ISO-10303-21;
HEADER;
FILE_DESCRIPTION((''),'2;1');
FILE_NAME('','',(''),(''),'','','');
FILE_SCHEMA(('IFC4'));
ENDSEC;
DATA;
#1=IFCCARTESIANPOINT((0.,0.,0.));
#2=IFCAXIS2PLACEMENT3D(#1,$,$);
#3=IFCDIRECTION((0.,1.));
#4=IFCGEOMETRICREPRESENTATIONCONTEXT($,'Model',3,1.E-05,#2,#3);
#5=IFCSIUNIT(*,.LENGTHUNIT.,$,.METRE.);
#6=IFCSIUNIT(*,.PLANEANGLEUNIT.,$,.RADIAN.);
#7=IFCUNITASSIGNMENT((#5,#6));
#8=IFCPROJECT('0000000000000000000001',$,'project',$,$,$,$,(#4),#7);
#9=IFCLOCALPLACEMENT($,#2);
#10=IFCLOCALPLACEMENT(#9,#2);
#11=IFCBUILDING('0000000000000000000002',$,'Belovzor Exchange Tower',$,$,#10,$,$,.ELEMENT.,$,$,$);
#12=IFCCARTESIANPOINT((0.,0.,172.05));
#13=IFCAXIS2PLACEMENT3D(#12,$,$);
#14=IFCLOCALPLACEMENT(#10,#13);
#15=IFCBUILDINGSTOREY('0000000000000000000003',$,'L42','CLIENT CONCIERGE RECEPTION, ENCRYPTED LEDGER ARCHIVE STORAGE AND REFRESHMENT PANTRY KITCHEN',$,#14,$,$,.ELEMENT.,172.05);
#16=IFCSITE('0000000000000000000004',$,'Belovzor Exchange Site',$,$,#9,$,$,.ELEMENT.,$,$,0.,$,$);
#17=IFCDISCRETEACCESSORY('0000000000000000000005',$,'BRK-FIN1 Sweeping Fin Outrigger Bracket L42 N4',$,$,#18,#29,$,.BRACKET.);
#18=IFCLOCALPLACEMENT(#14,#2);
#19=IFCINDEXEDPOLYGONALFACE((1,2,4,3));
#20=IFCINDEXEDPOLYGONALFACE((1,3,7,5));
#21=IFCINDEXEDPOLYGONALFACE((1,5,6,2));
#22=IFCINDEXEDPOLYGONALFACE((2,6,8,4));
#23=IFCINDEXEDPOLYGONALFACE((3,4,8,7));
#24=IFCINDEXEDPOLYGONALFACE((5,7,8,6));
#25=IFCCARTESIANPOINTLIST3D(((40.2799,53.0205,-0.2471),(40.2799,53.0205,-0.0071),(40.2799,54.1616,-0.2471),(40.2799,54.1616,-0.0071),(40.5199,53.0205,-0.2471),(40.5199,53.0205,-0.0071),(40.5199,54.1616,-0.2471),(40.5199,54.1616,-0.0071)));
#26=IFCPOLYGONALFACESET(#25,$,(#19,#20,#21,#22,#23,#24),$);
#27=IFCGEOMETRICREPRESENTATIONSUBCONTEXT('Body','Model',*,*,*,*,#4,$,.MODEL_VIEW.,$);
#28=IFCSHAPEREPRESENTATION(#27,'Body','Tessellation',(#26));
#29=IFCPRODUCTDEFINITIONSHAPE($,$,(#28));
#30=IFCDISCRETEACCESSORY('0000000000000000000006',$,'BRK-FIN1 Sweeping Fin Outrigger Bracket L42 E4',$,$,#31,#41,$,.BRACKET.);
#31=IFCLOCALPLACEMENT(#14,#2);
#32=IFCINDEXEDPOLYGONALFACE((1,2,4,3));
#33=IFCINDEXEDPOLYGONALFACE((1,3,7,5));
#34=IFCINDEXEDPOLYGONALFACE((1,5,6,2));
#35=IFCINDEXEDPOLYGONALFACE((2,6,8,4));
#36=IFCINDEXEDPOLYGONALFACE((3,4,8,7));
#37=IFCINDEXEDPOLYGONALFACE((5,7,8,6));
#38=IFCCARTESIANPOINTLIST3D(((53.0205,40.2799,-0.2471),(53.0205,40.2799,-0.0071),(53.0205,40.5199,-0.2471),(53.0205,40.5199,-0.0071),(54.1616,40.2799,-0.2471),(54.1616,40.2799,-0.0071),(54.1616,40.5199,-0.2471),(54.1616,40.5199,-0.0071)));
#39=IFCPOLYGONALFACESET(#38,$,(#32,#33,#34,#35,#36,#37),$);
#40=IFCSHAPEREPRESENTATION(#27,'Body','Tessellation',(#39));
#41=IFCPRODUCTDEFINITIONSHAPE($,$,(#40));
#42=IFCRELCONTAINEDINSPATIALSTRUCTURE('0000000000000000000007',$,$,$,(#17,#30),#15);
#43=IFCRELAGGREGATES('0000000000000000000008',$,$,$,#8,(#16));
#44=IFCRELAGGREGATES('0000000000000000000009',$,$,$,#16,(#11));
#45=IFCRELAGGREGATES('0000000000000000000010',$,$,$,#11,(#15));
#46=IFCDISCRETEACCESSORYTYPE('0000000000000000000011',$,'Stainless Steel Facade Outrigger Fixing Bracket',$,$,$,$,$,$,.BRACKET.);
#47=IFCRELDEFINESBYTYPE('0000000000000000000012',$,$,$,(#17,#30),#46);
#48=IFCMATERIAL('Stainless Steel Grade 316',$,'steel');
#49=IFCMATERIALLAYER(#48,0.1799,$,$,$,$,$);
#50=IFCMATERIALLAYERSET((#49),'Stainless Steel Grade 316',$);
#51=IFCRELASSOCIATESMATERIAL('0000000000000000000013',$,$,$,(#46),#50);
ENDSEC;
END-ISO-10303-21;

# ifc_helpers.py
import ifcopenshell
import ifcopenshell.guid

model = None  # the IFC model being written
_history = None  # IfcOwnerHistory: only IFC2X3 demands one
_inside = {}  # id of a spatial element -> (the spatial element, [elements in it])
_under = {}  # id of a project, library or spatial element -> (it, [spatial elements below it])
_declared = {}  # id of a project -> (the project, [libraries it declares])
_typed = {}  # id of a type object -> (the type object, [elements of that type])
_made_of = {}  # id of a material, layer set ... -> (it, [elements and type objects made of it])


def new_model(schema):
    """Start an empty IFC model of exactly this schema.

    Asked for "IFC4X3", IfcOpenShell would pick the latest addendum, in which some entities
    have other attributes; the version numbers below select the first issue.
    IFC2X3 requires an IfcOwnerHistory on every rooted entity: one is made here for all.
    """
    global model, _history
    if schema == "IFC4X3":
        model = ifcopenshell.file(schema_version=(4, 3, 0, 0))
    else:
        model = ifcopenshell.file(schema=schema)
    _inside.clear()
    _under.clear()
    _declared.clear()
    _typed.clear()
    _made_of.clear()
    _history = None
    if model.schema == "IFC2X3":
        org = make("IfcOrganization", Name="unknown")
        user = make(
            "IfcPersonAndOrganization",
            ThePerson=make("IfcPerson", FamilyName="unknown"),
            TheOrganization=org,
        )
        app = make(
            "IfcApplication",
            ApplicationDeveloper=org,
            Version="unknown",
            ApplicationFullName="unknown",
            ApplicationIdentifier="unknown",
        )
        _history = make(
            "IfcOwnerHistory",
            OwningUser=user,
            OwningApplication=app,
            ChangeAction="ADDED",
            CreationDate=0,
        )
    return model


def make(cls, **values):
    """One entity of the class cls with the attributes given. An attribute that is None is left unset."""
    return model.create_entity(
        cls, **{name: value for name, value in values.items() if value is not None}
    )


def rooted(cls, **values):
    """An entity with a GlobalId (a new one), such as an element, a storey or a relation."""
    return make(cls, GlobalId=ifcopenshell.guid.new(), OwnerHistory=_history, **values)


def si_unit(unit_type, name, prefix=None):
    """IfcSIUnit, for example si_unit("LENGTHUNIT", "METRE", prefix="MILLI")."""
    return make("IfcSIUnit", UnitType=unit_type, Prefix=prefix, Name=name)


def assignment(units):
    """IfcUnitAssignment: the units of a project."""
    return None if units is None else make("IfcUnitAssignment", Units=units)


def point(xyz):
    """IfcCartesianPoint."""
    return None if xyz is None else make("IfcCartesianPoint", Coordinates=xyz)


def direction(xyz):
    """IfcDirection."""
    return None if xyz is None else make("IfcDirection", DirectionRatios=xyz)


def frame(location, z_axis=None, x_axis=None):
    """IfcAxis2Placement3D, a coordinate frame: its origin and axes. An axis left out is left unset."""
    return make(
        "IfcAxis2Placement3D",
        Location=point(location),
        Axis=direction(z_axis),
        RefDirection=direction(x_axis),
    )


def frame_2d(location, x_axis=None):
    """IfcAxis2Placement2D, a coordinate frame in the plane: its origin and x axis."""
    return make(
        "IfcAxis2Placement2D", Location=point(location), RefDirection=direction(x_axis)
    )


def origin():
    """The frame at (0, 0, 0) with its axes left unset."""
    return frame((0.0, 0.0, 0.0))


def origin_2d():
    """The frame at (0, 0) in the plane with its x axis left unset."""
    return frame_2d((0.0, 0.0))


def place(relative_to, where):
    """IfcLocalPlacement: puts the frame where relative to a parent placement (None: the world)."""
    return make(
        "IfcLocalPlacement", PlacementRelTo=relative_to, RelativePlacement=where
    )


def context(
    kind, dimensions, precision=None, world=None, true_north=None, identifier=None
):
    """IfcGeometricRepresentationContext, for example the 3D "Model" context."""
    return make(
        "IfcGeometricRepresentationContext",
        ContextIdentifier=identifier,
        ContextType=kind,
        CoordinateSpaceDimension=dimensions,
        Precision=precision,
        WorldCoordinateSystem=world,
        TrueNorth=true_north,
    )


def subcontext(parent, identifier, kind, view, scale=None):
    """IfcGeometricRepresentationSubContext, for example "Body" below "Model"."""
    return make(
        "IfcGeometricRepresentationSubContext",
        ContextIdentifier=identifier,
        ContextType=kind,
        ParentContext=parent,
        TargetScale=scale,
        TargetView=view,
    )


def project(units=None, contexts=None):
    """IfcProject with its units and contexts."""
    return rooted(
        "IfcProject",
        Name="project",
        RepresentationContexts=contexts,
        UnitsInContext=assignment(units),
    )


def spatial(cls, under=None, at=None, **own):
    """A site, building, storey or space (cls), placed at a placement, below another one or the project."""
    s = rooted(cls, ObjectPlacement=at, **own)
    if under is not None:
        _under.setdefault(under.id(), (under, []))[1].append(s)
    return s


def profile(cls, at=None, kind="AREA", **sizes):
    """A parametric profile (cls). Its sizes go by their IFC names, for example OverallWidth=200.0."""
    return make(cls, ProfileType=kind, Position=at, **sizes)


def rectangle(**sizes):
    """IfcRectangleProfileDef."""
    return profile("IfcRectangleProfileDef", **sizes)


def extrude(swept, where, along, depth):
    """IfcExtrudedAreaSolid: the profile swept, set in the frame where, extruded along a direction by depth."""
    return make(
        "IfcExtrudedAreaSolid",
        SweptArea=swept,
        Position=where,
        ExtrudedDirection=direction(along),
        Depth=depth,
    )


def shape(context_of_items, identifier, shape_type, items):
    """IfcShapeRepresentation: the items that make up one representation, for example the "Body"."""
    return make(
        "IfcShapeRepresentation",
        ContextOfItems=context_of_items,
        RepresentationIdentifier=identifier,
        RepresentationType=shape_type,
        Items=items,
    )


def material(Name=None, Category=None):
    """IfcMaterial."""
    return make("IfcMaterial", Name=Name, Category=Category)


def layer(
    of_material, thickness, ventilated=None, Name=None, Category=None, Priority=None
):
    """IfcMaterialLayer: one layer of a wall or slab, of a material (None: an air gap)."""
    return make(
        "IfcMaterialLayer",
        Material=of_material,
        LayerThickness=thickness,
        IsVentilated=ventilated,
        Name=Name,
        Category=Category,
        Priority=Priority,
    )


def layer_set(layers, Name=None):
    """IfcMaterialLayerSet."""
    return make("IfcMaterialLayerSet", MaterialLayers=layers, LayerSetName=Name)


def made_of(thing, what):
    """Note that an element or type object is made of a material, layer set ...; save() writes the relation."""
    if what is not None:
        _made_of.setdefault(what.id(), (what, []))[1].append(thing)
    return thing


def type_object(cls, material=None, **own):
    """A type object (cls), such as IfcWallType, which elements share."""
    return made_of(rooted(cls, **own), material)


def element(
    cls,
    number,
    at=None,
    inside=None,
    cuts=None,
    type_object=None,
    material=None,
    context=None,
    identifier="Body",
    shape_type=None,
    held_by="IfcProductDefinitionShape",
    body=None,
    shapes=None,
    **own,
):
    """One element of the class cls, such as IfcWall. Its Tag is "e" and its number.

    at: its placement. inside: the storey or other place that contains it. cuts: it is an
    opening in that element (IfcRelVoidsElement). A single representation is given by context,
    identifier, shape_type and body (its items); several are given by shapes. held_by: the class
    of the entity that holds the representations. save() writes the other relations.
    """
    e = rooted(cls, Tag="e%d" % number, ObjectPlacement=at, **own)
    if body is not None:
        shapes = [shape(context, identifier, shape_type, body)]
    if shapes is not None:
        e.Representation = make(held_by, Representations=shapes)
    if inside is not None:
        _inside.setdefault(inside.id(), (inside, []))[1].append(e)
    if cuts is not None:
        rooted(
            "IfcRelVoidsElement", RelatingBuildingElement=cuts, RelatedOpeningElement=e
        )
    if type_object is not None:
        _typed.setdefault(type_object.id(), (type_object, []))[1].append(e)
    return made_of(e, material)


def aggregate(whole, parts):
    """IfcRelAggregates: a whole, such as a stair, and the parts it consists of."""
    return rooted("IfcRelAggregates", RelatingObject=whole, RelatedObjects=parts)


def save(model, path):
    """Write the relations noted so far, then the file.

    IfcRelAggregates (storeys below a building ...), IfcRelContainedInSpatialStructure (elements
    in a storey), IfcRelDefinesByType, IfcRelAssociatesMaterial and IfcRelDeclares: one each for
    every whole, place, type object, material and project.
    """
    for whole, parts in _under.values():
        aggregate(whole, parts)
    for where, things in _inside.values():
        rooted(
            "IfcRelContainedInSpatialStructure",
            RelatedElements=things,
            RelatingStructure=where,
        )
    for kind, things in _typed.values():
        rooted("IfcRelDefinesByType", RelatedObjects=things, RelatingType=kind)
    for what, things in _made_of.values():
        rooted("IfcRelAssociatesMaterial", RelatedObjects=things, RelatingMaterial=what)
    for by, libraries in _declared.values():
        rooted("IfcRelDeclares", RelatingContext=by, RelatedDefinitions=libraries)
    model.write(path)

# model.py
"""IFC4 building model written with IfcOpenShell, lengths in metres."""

from ifc_helpers import new_model, si_unit, direction, frame, origin, origin_2d, place, context, subcontext, project, spatial, rectangle, extrude, material, layer, layer_set, type_object, element, save


model = new_model("IFC4")

# Units and contexts
model_context = context("Model", 3, precision=1e-05, world=origin(), true_north=direction((0.0, 1.0)))
body_context = subcontext(model_context, "Body", "Model", "MODEL_VIEW")
ifc_project = project(units=[si_unit("LENGTHUNIT", "METRE"), si_unit("PLANEANGLEUNIT", "RADIAN")], contexts=[model_context])

# Site, building, storey
site_placement = place(None, origin())
site = spatial("IfcSite", under=ifc_project, at=site_placement, Name="Belovzor Exchange Site", CompositionType="ELEMENT", RefElevation=0.0)
building_placement = place(site_placement, origin())
building = spatial("IfcBuilding", under=site, at=building_placement, Name="Belovzor Exchange Tower", CompositionType="ELEMENT")
storey_placement = place(building_placement, frame((0.0, 0.0, 172.05)))
storey = spatial("IfcBuildingStorey", under=building, at=storey_placement, Name="L42", Description="CLIENT CONCIERGE RECEPTION, ENCRYPTED LEDGER ARCHIVE STORAGE AND REFRESHMENT PANTRY KITCHEN", CompositionType="ELEMENT", Elevation=172.05)

# Discrete accessories
ifc_material_1 = material(Name="Stainless Steel Grade 316", Category="steel")
ifc_layer_1 = layer(ifc_material_1, 0.1799)
ifc_layer_set_1 = layer_set([ifc_layer_1], Name="Stainless Steel Grade 316")
discrete_accessory_type = type_object("IfcDiscreteAccessoryType", Name="Stainless Steel Facade Outrigger Fixing Bracket", PredefinedType="BRACKET", material=ifc_layer_set_1)
for number, where, z_axis, x_axis, name in (
    (1, (40.3999, 53.5911, -0.2471), (0.0, 0.0, 1.0), (0.0, 1.0, 0.0), "BRK-FIN1 Sweeping Fin Outrigger Bracket L42 N4"),
    (2, (53.5911, 40.3999, -0.2471), (0.0, 0.0, 1.0), (1.0, 0.0, 0.0), "BRK-FIN1 Sweeping Fin Outrigger Bracket L42 E4"),
):
    element("IfcDiscreteAccessory", number, at=place(storey_placement, frame(where, z_axis=z_axis, x_axis=x_axis)), inside=storey, type_object=discrete_accessory_type, Name=name, PredefinedType="BRACKET", context=body_context, shape_type="SweptSolid", body=[
        extrude(rectangle(XDim=1.1411, YDim=0.24, at=origin_2d()), origin(), (0.0, 0.0, 1.0), 0.24),
    ])

save(model, "model.ifc")
